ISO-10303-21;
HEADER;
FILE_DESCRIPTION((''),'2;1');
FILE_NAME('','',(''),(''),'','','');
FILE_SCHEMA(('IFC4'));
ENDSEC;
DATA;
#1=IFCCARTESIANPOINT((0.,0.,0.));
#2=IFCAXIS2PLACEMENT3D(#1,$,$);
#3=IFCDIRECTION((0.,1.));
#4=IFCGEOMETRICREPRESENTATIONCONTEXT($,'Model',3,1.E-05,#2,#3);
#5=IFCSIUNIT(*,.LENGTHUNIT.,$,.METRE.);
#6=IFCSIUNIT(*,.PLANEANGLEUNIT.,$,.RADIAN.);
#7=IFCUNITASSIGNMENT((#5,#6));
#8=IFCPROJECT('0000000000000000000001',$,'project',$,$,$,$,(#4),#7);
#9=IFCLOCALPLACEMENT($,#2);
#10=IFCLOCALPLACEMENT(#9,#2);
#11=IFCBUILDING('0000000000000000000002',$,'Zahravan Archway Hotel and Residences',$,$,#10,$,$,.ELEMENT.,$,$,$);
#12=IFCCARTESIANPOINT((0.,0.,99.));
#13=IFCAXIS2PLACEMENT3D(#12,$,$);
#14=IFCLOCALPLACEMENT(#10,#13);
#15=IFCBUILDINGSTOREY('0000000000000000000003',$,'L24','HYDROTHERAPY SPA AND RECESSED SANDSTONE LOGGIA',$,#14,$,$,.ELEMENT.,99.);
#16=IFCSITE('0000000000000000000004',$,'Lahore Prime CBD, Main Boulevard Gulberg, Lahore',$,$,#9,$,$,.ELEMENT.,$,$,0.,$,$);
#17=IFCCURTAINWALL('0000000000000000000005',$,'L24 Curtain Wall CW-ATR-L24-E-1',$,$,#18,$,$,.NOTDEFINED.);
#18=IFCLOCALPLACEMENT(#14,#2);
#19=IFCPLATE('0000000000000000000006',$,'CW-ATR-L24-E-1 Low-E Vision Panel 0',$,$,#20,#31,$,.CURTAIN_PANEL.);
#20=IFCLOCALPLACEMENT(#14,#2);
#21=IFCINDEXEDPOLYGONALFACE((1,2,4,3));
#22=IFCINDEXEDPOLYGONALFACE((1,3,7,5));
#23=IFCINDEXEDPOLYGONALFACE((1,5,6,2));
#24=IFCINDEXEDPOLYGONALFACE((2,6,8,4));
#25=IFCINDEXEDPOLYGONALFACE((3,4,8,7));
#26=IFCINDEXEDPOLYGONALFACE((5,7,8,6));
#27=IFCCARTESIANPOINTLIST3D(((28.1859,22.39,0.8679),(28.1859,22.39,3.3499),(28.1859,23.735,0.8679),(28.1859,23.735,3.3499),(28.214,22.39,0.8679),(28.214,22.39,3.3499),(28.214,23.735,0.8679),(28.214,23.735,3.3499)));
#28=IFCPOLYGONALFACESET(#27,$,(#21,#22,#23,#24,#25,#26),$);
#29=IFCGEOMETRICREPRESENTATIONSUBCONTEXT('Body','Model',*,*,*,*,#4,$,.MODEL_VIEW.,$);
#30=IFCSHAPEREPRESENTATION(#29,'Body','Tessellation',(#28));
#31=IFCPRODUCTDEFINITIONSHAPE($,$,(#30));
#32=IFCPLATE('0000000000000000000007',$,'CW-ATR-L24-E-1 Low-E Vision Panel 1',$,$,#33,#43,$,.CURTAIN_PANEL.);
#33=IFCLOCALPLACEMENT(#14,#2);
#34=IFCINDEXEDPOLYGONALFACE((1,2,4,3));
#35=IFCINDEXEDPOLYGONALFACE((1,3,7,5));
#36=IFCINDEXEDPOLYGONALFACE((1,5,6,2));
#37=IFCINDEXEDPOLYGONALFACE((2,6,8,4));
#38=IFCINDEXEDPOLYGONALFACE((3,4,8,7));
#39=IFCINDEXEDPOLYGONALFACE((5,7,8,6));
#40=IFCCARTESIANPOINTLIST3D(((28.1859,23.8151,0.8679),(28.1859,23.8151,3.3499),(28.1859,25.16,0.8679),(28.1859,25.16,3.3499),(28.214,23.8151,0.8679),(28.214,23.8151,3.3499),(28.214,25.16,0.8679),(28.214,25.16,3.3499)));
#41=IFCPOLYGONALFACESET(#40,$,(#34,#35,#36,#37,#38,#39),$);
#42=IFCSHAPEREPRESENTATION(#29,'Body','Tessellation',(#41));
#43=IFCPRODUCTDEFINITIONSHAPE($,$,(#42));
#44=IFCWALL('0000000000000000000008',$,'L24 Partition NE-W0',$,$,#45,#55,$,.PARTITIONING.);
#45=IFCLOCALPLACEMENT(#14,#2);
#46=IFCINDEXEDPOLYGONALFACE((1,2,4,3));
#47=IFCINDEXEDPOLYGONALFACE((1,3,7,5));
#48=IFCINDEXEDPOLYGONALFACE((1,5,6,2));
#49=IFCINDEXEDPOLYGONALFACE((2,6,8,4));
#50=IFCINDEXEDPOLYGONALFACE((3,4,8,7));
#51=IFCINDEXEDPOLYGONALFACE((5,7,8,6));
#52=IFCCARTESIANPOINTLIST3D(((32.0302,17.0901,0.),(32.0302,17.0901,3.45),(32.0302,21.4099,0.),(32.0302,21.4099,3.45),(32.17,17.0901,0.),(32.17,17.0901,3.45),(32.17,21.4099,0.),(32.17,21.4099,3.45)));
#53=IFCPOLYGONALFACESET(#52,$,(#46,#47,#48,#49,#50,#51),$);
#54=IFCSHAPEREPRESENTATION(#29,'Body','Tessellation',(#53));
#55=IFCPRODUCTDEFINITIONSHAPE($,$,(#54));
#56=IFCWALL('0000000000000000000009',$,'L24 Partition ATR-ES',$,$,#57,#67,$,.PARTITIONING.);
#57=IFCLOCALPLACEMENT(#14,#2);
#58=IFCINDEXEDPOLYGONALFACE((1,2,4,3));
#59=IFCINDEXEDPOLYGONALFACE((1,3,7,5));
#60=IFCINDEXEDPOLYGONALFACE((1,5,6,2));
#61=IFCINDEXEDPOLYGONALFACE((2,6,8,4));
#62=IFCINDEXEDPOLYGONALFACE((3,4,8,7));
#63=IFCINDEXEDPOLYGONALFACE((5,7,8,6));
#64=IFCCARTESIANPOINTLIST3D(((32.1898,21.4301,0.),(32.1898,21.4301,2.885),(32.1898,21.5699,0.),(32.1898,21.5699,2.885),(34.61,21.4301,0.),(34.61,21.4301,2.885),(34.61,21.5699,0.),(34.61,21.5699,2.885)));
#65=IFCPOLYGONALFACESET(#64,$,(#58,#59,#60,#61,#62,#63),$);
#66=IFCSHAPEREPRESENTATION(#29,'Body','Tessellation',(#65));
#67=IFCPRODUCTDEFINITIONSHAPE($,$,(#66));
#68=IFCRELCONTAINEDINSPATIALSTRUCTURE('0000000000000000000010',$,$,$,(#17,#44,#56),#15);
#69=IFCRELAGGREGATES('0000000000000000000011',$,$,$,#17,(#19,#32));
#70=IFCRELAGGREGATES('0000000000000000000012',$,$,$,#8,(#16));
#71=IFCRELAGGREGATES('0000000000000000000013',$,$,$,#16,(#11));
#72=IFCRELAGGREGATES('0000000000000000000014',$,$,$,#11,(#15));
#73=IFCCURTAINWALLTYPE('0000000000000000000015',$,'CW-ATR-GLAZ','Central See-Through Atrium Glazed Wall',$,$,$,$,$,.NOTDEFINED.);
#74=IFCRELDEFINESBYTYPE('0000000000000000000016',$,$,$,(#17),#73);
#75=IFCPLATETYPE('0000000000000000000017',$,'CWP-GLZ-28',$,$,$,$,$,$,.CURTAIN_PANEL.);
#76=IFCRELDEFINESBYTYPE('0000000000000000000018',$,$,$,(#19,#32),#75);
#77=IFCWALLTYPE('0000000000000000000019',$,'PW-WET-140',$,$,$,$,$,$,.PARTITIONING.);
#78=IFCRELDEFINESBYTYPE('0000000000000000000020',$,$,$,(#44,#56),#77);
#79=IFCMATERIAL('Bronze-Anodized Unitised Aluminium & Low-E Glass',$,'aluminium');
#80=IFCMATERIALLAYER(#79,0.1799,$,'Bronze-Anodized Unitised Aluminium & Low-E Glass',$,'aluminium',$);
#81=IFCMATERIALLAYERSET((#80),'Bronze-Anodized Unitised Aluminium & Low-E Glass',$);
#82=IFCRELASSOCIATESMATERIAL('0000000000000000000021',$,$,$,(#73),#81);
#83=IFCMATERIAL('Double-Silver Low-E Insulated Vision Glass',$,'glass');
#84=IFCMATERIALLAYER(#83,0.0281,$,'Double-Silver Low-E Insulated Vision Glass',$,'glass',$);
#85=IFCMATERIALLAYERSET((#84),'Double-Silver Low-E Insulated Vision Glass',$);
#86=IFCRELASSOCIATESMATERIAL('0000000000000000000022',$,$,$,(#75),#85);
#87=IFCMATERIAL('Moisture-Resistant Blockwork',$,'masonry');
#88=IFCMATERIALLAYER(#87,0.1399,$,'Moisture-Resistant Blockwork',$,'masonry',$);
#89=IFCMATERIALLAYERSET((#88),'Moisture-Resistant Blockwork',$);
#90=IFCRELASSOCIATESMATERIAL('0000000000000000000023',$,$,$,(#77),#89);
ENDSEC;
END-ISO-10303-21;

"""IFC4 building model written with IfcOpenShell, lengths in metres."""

from ifc_helpers import new_model, si_unit, direction, frame, frame_2d, origin, origin_2d, place, context, subcontext, project, spatial, rectangle, extrude, source, transform, mapped, material, layer, layer_set, type_object, element, aggregate, save


model = new_model("IFC4")

# Units and contexts
model_context = context("Model", 3, precision=1e-05, world=origin(), true_north=direction((0.0, 1.0)))
body_context = subcontext(model_context, "Body", "Model", "MODEL_VIEW")
ifc_project = project(units=[si_unit("LENGTHUNIT", "METRE"), si_unit("PLANEANGLEUNIT", "RADIAN")], contexts=[model_context])

# Site, building, storey
site_placement = place(None, origin())
site = spatial("IfcSite", under=ifc_project, at=site_placement, Name="Lahore Prime CBD, Main Boulevard Gulberg, Lahore", CompositionType="ELEMENT", RefElevation=0.0)
building_placement = place(site_placement, origin())
building = spatial("IfcBuilding", under=site, at=building_placement, Name="Zahravan Archway Hotel and Residences", CompositionType="ELEMENT")
storey_placement = place(building_placement, frame((0.0, 0.0, 99.0)))
storey = spatial("IfcBuildingStorey", under=building, at=storey_placement, Name="L24", Description="HYDROTHERAPY SPA AND RECESSED SANDSTONE LOGGIA", CompositionType="ELEMENT", Elevation=99.0)

# Curtain wall
ifc_material_1 = material(Name="Bronze-Anodized Unitised Aluminium & Low-E Glass", Category="aluminium")
ifc_layer_1 = layer(ifc_material_1, 0.1799, Name="Bronze-Anodized Unitised Aluminium & Low-E Glass", Category="aluminium")
ifc_layer_set_1 = layer_set([ifc_layer_1], Name="Bronze-Anodized Unitised Aluminium & Low-E Glass")
curtain_wall_type = type_object("IfcCurtainWallType", Name="CW-ATR-GLAZ", Description="Central See-Through Atrium Glazed Wall", PredefinedType="NOTDEFINED", material=ifc_layer_set_1)
curtain_wall_1_placement = place(storey_placement, origin())
curtain_wall_1 = element("IfcCurtainWall", 1, at=curtain_wall_1_placement, inside=storey, type_object=curtain_wall_type, Name="L24 Curtain Wall CW-ATR-L24-E-1", PredefinedType="NOTDEFINED")

# Plates
ifc_material_2 = material(Name="Double-Silver Low-E Insulated Vision Glass", Category="glass")
ifc_layer_2 = layer(ifc_material_2, 0.0281, Name="Double-Silver Low-E Insulated Vision Glass", Category="glass")
ifc_layer_set_2 = layer_set([ifc_layer_2], Name="Double-Silver Low-E Insulated Vision Glass")
plate_type_1 = type_object("IfcPlateType", Name="CWP-GLZ-28", PredefinedType="CURTAIN_PANEL", material=ifc_layer_set_2)
shared_shape_1 = source(origin(), body_context, "Body", "SweptSolid", [
    extrude(rectangle(XDim=1.345, YDim=0.0281, at=origin_2d()), origin(), (0.0, 0.0, 1.0), 2.4819),
])
plate_1_placement = place(storey_placement, frame((28.2, 23.0625, 0.8679), z_axis=(0.0, 0.0, 1.0), x_axis=(0.0, 1.0, 0.0)))
plate_1 = element("IfcPlate", 2, at=plate_1_placement, type_object=plate_type_1, Name="CW-ATR-L24-E-1 Low-E Vision Panel 0", PredefinedType="CURTAIN_PANEL", context=body_context, shape_type="MappedRepresentation", body=[
    mapped(shared_shape_1, transform((0.0, 0.0, 0.0), scale=1.0)),
])
plate_2_placement = place(storey_placement, frame((28.2, 24.4875, 0.8679), z_axis=(0.0, 0.0, 1.0), x_axis=(0.0, 1.0, 0.0)))
plate_2 = element("IfcPlate", 3, at=plate_2_placement, type_object=plate_type_1, Name="CW-ATR-L24-E-1 Low-E Vision Panel 1", PredefinedType="CURTAIN_PANEL", context=body_context, shape_type="MappedRepresentation", body=[
    mapped(shared_shape_1, transform((0.0, 0.0, 0.0), scale=1.0)),
])
aggregate(curtain_wall_1, [plate_1, plate_2])

# Walls
ifc_material_3 = material(Name="Moisture-Resistant Blockwork", Category="masonry")
ifc_layer_3 = layer(ifc_material_3, 0.1399, Name="Moisture-Resistant Blockwork", Category="masonry")
ifc_layer_set_3 = layer_set([ifc_layer_3], Name="Moisture-Resistant Blockwork")
wall_type_1 = type_object("IfcWallType", Name="PW-WET-140", PredefinedType="PARTITIONING", material=ifc_layer_set_3)
wall_1_placement = place(storey_placement, frame((32.1001, 17.0901, 0.0), z_axis=(0.0, 0.0, 1.0), x_axis=(0.0, 1.0, 0.0)))
element("IfcWall", 4, at=wall_1_placement, inside=storey, type_object=wall_type_1, Name="L24 Partition NE-W0", PredefinedType="PARTITIONING", context=body_context, shape_type="SweptSolid", body=[
    extrude(rectangle(XDim=4.3198, YDim=0.1399, at=frame_2d((2.1599, 0.0))), origin(), (0.0, 0.0, 1.0), 3.45),
])
wall_2_placement = place(storey_placement, frame((32.1899, 21.5, 0.0), z_axis=(0.0, 0.0, 1.0), x_axis=(1.0, 0.0, 0.0)))
element("IfcWall", 5, at=wall_2_placement, inside=storey, type_object=wall_type_1, Name="L24 Partition ATR-ES", PredefinedType="PARTITIONING", context=body_context, shape_type="SweptSolid", body=[
    extrude(rectangle(XDim=2.4202, YDim=0.1399, at=frame_2d((1.21, 0.0))), origin(), (0.0, 0.0, 1.0), 2.885),
])

save(model, "model.ifc")
